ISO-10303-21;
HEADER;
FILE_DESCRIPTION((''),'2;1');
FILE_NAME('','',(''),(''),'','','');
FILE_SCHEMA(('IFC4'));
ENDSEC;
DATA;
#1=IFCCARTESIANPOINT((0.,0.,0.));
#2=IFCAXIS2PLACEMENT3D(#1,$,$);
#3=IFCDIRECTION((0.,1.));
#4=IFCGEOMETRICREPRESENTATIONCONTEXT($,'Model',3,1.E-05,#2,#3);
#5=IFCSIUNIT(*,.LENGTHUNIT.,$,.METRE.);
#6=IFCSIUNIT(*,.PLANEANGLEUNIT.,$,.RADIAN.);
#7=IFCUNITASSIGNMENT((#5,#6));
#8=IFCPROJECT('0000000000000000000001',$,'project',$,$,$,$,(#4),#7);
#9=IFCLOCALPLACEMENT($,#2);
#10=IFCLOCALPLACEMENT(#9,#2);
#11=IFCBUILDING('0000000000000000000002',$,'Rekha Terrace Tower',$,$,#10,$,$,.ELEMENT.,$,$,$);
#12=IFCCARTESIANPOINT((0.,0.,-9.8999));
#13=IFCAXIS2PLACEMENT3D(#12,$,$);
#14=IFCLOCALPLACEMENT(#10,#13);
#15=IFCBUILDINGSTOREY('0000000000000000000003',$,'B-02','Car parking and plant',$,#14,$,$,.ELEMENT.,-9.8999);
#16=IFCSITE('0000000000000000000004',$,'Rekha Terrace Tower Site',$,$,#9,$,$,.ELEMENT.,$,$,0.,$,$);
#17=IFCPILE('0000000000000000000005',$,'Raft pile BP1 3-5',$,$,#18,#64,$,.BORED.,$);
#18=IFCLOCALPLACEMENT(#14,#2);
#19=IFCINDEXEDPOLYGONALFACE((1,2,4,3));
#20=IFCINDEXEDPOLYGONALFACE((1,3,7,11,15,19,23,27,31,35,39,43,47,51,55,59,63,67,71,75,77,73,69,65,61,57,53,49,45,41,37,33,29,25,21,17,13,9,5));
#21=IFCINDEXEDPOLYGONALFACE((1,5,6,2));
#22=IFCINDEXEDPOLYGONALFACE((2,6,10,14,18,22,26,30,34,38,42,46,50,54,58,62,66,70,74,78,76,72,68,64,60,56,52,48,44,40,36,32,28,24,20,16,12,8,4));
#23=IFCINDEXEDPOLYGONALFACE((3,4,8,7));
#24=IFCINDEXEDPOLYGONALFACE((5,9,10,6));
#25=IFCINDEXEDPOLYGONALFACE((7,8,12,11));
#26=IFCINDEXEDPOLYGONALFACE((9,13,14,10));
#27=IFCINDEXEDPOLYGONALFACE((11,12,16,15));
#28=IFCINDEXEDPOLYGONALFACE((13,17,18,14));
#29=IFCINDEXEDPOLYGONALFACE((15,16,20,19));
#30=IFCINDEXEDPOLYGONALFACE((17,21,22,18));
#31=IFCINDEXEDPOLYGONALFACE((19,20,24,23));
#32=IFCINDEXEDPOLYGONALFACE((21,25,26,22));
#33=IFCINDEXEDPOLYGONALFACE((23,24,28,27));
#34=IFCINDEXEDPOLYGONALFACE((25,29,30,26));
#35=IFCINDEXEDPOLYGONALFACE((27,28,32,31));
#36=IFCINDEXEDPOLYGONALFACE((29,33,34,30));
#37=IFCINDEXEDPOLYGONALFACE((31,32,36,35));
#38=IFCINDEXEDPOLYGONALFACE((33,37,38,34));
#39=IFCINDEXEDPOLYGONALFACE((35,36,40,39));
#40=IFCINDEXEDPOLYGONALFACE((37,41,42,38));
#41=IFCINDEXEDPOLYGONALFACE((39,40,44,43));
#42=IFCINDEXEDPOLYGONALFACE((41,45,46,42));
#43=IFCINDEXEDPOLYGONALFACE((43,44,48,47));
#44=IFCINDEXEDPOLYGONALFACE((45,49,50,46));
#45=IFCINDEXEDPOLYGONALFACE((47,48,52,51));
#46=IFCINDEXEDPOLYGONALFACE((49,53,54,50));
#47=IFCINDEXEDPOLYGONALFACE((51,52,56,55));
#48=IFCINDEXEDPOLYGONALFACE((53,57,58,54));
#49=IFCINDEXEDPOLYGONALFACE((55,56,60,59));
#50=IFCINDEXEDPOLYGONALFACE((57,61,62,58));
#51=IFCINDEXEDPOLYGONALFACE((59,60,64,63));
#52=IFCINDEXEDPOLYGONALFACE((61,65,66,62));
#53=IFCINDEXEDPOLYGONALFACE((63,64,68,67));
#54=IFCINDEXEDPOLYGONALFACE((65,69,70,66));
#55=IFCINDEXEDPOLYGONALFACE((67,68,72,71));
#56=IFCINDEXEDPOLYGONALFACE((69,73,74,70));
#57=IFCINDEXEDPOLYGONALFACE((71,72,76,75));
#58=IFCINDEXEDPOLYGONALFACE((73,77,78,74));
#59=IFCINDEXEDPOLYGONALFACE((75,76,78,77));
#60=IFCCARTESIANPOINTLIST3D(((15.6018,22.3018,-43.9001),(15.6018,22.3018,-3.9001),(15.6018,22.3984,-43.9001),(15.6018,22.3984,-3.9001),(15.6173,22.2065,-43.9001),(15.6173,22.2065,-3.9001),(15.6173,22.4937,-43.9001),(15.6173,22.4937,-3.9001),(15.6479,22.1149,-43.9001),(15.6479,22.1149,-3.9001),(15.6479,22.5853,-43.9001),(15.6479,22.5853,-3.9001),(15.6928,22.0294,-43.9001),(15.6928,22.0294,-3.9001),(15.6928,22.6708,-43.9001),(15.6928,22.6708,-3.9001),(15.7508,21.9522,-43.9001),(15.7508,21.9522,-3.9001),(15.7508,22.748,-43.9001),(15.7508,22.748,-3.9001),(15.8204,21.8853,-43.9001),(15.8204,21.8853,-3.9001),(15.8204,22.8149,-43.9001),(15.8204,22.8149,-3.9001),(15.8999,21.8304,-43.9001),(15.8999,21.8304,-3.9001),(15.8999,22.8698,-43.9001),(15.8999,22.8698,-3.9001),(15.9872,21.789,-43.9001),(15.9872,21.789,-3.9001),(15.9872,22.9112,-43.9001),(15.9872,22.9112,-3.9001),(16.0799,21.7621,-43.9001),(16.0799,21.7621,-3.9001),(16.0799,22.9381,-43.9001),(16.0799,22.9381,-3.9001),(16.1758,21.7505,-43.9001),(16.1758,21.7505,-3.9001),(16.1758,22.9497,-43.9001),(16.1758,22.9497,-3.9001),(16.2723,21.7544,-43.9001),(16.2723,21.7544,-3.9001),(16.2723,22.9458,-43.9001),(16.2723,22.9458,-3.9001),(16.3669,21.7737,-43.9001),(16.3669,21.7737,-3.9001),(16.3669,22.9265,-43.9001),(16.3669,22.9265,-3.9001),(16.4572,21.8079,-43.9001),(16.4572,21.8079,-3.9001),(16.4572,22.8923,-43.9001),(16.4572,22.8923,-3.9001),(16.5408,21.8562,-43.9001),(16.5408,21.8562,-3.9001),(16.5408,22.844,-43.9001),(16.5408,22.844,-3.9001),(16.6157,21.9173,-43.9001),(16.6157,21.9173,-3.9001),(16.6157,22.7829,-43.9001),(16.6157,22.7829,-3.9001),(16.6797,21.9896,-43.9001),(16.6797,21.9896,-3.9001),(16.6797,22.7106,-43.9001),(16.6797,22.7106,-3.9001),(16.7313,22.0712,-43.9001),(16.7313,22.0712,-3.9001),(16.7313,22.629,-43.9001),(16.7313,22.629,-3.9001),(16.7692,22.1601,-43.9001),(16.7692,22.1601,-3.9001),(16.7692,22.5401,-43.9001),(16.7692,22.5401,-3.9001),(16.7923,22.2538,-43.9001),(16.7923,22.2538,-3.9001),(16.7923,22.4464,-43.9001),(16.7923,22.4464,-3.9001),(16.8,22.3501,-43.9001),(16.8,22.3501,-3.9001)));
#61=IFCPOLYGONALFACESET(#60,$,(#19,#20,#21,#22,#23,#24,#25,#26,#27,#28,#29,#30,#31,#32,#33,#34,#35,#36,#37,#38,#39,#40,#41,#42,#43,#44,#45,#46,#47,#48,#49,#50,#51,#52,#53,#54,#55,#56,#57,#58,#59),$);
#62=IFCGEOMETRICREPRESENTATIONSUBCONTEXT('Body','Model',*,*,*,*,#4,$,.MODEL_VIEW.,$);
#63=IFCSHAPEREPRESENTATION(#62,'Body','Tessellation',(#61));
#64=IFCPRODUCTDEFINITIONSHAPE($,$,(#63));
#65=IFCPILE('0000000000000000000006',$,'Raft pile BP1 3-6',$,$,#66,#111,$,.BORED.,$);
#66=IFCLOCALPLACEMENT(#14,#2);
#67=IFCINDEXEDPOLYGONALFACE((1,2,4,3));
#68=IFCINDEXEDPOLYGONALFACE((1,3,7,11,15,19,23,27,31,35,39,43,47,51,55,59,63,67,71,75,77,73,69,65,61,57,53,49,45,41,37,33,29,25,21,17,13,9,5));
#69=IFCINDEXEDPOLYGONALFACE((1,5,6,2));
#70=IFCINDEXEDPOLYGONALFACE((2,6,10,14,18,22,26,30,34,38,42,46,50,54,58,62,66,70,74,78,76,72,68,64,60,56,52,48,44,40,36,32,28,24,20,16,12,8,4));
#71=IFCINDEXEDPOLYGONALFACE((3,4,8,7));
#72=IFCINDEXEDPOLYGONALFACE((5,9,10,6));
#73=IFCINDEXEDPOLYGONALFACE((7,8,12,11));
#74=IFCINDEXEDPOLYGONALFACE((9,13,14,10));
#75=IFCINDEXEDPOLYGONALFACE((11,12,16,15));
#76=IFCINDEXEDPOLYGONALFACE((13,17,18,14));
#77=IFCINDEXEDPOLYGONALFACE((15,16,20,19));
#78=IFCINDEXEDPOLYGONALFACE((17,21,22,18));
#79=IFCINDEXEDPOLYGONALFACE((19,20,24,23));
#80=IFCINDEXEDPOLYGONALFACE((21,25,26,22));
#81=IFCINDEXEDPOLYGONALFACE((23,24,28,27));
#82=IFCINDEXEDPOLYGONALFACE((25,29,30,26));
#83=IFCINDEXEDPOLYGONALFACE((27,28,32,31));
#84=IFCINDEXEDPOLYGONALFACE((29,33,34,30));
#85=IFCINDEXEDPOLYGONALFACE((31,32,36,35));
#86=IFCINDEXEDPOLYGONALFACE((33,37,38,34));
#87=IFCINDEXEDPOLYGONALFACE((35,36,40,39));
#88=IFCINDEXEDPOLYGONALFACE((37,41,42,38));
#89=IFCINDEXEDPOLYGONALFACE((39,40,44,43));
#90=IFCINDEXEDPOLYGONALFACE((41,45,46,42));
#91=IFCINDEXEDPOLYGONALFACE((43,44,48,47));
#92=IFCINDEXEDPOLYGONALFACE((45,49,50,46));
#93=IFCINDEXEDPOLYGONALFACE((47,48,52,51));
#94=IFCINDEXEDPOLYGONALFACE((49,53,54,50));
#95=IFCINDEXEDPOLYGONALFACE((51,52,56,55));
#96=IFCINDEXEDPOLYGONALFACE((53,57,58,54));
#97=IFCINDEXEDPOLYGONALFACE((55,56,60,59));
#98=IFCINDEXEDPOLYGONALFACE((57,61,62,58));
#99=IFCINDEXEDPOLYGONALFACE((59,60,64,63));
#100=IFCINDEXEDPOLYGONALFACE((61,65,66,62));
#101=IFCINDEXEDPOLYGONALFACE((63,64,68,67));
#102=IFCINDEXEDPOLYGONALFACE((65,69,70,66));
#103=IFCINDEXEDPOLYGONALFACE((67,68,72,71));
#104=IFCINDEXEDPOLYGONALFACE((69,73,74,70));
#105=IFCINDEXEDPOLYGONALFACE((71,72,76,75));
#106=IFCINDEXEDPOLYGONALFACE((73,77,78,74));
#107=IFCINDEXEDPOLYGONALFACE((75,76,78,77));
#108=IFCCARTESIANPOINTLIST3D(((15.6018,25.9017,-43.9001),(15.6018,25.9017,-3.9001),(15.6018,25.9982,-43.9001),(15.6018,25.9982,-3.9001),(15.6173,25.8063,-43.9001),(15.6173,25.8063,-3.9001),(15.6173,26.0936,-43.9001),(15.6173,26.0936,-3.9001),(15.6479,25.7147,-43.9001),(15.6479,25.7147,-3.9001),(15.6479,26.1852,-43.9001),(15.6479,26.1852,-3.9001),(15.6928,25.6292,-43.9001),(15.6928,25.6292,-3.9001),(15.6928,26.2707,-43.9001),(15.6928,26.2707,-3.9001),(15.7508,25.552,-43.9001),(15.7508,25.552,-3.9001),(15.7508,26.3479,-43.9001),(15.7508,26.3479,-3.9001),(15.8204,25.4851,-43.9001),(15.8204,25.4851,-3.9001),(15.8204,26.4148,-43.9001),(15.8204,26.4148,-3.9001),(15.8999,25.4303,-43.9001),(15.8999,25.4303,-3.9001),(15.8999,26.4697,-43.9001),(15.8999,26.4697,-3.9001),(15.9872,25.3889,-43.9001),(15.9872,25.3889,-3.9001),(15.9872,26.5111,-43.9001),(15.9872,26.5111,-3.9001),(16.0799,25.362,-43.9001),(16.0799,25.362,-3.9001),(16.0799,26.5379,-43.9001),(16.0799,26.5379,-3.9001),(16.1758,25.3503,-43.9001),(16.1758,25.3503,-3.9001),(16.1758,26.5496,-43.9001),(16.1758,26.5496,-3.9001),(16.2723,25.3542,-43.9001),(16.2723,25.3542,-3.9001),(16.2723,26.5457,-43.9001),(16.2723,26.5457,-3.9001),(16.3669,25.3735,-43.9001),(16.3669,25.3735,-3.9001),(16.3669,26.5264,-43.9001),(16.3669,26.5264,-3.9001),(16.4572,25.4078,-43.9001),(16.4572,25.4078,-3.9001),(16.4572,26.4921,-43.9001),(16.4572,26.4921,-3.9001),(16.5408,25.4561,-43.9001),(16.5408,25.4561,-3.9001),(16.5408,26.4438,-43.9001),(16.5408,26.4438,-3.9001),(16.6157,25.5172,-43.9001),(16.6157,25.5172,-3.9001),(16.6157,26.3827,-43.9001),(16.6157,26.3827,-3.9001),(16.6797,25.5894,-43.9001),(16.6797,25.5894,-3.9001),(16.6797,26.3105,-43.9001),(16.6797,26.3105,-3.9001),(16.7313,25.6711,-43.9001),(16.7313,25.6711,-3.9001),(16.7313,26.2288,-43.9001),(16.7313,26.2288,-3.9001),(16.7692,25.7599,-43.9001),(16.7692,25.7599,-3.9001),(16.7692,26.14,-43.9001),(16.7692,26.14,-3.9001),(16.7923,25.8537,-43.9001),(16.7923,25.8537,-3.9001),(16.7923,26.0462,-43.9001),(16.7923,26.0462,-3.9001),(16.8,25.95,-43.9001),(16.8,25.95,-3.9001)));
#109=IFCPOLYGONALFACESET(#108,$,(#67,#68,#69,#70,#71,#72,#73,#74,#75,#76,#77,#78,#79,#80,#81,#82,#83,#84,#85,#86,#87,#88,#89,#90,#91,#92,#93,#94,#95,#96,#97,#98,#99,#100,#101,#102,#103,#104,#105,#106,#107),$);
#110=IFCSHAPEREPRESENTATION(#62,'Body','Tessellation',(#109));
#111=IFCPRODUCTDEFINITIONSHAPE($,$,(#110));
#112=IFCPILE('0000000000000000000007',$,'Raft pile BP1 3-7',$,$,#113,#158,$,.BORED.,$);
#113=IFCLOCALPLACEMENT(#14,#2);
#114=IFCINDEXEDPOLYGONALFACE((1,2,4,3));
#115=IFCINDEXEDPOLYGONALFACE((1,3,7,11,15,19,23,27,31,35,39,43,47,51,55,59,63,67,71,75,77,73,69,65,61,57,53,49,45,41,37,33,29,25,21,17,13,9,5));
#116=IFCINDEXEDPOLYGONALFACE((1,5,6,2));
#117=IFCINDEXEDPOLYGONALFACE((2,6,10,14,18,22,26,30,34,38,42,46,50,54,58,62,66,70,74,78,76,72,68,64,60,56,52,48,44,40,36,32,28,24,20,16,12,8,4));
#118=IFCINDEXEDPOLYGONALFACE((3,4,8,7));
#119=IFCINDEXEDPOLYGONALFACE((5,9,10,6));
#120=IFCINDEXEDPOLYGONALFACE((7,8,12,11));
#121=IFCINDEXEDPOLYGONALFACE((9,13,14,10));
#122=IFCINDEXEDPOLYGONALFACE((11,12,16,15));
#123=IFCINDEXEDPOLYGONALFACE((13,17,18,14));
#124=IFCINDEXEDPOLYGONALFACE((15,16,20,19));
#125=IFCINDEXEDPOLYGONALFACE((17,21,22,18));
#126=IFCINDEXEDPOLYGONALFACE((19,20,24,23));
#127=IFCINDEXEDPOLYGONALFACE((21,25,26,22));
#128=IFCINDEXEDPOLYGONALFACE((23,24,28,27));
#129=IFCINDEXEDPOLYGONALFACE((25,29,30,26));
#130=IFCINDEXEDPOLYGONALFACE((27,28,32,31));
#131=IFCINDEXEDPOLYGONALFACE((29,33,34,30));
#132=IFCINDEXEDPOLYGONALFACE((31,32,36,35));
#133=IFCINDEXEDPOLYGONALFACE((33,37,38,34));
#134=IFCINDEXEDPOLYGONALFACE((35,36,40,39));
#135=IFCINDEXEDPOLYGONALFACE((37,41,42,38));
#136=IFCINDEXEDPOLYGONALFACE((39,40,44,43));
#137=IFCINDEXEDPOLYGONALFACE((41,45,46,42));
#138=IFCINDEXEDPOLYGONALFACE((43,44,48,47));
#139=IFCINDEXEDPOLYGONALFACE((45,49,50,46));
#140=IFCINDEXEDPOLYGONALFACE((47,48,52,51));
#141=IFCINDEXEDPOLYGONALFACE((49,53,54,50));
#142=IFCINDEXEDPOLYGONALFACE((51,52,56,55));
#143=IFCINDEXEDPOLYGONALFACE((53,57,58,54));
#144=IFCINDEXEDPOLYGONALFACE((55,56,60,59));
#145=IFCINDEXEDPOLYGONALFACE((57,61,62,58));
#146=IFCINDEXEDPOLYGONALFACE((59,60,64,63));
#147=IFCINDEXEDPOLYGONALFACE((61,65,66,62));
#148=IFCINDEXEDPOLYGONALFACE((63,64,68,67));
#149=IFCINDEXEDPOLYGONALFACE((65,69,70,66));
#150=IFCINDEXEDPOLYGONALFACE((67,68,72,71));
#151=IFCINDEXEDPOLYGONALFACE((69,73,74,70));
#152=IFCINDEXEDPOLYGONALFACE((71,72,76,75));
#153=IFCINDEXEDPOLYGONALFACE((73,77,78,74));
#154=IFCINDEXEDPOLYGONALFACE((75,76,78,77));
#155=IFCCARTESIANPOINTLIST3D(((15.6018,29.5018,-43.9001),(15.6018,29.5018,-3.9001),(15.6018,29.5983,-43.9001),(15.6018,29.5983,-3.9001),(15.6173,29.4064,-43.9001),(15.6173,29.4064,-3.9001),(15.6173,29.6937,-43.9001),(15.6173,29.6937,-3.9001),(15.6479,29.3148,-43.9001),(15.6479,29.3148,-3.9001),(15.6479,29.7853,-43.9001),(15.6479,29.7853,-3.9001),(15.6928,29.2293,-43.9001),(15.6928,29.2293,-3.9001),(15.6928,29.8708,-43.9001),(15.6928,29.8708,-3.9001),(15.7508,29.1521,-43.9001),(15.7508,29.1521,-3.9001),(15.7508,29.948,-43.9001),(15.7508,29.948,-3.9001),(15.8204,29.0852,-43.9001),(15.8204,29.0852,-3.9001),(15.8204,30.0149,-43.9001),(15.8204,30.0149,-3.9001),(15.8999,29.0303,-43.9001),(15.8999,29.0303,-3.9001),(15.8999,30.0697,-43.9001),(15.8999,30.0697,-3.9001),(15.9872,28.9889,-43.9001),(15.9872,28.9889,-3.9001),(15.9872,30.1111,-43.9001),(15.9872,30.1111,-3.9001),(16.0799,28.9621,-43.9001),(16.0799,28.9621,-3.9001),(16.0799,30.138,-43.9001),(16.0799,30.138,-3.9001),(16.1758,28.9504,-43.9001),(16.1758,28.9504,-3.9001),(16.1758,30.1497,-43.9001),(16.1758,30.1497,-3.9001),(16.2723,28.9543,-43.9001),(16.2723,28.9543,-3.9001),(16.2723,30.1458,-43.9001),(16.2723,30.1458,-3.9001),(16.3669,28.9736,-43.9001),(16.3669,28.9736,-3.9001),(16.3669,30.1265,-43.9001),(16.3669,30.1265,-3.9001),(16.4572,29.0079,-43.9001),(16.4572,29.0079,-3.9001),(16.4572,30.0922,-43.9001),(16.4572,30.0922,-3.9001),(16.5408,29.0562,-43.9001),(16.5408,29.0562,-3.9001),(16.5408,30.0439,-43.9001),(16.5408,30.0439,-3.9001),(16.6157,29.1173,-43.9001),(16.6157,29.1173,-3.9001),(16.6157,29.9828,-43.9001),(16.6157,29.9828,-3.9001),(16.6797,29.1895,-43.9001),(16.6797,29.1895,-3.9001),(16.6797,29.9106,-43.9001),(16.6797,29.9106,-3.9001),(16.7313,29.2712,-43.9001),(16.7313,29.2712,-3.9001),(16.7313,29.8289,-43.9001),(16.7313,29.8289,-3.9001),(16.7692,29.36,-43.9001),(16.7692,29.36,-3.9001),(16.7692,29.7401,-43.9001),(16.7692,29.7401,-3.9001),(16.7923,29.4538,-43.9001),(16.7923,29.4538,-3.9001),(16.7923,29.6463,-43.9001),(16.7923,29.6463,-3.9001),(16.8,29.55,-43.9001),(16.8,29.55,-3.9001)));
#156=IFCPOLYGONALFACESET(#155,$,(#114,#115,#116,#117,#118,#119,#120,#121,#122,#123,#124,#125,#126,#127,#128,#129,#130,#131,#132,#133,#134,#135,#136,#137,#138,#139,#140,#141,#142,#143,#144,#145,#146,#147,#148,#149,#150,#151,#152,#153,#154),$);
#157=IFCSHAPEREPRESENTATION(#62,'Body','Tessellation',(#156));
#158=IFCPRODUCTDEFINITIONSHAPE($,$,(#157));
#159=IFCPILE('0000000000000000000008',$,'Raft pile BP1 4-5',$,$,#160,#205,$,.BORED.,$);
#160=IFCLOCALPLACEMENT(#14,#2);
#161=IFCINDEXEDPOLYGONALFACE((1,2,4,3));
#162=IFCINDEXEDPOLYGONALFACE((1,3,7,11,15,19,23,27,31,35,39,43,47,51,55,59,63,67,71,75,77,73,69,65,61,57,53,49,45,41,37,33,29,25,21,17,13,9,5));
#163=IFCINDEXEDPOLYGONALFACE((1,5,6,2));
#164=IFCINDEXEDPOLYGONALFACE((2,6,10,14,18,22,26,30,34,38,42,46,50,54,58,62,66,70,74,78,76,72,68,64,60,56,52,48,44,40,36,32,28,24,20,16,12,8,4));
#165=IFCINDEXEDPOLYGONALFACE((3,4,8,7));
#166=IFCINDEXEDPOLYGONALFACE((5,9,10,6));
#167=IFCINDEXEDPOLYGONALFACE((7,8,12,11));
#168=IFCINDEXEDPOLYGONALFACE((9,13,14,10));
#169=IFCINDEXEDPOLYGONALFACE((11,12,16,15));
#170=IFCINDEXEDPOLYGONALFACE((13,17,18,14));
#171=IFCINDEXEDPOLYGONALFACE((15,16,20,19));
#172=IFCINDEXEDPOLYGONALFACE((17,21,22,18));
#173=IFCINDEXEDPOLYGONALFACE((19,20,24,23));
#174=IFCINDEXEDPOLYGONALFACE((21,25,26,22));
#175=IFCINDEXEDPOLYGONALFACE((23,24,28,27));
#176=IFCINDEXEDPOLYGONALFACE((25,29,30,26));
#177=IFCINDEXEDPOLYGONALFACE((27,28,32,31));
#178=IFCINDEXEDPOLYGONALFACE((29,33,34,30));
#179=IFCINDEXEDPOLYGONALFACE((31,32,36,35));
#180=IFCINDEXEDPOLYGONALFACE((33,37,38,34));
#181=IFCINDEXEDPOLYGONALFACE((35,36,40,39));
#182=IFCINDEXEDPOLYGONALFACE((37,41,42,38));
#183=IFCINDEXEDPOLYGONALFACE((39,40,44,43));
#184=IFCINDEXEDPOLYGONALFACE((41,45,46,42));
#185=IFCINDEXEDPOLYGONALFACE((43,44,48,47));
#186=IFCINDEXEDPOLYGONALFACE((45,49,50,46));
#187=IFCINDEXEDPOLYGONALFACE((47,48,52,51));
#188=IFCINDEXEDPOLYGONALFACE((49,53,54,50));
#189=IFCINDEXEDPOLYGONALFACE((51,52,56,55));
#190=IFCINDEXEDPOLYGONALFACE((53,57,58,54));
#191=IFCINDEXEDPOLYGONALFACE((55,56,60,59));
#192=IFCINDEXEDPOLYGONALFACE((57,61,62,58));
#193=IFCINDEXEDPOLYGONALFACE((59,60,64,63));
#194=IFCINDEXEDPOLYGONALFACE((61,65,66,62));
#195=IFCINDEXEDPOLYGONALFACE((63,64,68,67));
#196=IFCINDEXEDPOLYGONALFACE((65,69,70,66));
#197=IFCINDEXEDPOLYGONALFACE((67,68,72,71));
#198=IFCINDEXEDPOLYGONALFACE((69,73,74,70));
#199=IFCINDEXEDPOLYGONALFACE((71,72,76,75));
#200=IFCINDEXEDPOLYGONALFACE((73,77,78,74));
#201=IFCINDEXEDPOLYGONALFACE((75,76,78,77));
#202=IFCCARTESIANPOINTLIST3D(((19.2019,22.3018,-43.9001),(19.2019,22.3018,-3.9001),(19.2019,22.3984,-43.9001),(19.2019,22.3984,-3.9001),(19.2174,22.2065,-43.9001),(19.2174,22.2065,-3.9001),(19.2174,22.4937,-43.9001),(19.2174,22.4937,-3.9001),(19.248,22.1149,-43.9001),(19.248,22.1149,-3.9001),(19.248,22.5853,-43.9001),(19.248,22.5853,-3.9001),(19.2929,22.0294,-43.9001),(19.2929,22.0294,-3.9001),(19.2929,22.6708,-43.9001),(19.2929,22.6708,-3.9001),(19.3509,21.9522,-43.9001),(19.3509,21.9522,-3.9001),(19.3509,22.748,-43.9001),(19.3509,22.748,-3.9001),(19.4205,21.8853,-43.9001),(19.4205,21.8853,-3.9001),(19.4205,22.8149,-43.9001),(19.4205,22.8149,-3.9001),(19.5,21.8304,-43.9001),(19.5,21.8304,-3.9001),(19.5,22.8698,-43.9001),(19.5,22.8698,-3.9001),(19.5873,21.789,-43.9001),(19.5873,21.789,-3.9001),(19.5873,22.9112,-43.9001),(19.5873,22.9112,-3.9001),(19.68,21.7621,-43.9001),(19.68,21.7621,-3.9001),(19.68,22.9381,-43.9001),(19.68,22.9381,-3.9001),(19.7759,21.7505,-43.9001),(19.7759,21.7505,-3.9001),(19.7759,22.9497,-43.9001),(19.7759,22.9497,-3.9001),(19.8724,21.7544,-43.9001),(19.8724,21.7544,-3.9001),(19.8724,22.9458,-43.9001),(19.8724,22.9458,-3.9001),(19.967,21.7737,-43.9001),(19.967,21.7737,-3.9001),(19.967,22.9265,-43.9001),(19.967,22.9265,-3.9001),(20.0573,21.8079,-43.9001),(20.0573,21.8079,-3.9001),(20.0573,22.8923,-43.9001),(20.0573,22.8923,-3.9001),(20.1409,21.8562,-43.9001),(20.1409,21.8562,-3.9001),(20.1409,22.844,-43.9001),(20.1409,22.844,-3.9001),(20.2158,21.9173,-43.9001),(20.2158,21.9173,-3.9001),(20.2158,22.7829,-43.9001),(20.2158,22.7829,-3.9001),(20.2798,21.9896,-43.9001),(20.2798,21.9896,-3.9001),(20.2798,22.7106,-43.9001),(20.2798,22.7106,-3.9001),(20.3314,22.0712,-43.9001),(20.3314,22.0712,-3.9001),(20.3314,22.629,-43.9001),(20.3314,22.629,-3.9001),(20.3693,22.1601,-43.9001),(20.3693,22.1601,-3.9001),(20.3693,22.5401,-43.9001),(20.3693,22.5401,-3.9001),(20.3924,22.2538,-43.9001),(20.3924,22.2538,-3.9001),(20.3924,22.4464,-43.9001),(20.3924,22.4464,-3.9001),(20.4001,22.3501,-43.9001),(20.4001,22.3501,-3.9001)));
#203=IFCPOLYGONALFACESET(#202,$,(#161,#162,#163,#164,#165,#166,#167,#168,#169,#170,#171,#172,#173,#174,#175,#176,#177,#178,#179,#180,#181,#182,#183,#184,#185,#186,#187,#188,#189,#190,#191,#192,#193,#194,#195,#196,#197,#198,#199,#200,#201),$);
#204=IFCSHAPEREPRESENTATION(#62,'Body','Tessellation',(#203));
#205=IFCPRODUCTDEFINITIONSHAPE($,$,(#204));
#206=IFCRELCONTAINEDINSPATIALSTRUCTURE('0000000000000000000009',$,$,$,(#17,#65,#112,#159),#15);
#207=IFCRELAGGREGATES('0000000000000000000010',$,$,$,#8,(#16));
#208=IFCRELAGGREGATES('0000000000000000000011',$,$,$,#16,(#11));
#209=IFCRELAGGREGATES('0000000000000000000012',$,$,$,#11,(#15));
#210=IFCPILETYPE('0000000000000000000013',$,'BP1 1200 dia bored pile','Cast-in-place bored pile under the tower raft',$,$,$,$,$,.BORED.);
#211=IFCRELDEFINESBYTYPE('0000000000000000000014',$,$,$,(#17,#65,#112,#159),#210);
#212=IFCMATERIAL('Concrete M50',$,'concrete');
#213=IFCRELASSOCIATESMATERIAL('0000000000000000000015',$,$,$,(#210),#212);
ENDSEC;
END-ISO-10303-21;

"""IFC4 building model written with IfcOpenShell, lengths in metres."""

from ifc_helpers import new_model, si_unit, direction, frame, origin, origin_2d, place, context, subcontext, project, spatial, circle, extrude, material, type_object, element, save


model = new_model("IFC4")

# Units and contexts
model_context = context("Model", 3, precision=1e-05, world=origin(), true_north=direction((0.0, 1.0)))
body_context = subcontext(model_context, "Body", "Model", "MODEL_VIEW")
ifc_project = project(units=[si_unit("LENGTHUNIT", "METRE"), si_unit("PLANEANGLEUNIT", "RADIAN")], contexts=[model_context])

# Site, building, storey
site_placement = place(None, origin())
site = spatial("IfcSite", under=ifc_project, at=site_placement, Name="Rekha Terrace Tower Site", CompositionType="ELEMENT", RefElevation=0.0)
building_placement = place(site_placement, origin())
building = spatial("IfcBuilding", under=site, at=building_placement, Name="Rekha Terrace Tower", CompositionType="ELEMENT")
storey_placement = place(building_placement, frame((0.0, 0.0, -9.8999)))
storey = spatial("IfcBuildingStorey", under=building, at=storey_placement, Name="B-02", Description="Car parking and plant", CompositionType="ELEMENT", Elevation=-9.8999)

# Piles
ifc_material_1 = material(Name="Concrete M50", Category="concrete")
pile_type = type_object("IfcPileType", Name="BP1 1200 dia bored pile", Description="Cast-in-place bored pile under the tower raft", PredefinedType="BORED", material=ifc_material_1)
for number, where, z_axis, x_axis, name in (
    (1, (16.2, 22.3501, -3.9001), (0.0, 0.0, -1.0), (1.0, 0.0, 0.0), "Raft pile BP1 3-5"),
    (2, (16.2, 25.95, -3.9001), (0.0, 0.0, -1.0), (1.0, 0.0, 0.0), "Raft pile BP1 3-6"),
    (3, (16.2, 29.55, -3.9001), (0.0, 0.0, -1.0), (1.0, 0.0, 0.0), "Raft pile BP1 3-7"),
    (4, (19.8, 22.3501, -3.9001), (0.0, 0.0, -1.0), (1.0, 0.0, 0.0), "Raft pile BP1 4-5"),
):
    element("IfcPile", number, at=place(storey_placement, frame(where, z_axis=z_axis, x_axis=x_axis)), inside=storey, type_object=pile_type, Name=name, PredefinedType="BORED", context=body_context, shape_type="SweptSolid", body=[
        extrude(circle(Radius=0.6001, at=origin_2d()), origin(), (0.0, 0.0, 1.0), 40.0),
    ])

save(model, "model.ifc")
